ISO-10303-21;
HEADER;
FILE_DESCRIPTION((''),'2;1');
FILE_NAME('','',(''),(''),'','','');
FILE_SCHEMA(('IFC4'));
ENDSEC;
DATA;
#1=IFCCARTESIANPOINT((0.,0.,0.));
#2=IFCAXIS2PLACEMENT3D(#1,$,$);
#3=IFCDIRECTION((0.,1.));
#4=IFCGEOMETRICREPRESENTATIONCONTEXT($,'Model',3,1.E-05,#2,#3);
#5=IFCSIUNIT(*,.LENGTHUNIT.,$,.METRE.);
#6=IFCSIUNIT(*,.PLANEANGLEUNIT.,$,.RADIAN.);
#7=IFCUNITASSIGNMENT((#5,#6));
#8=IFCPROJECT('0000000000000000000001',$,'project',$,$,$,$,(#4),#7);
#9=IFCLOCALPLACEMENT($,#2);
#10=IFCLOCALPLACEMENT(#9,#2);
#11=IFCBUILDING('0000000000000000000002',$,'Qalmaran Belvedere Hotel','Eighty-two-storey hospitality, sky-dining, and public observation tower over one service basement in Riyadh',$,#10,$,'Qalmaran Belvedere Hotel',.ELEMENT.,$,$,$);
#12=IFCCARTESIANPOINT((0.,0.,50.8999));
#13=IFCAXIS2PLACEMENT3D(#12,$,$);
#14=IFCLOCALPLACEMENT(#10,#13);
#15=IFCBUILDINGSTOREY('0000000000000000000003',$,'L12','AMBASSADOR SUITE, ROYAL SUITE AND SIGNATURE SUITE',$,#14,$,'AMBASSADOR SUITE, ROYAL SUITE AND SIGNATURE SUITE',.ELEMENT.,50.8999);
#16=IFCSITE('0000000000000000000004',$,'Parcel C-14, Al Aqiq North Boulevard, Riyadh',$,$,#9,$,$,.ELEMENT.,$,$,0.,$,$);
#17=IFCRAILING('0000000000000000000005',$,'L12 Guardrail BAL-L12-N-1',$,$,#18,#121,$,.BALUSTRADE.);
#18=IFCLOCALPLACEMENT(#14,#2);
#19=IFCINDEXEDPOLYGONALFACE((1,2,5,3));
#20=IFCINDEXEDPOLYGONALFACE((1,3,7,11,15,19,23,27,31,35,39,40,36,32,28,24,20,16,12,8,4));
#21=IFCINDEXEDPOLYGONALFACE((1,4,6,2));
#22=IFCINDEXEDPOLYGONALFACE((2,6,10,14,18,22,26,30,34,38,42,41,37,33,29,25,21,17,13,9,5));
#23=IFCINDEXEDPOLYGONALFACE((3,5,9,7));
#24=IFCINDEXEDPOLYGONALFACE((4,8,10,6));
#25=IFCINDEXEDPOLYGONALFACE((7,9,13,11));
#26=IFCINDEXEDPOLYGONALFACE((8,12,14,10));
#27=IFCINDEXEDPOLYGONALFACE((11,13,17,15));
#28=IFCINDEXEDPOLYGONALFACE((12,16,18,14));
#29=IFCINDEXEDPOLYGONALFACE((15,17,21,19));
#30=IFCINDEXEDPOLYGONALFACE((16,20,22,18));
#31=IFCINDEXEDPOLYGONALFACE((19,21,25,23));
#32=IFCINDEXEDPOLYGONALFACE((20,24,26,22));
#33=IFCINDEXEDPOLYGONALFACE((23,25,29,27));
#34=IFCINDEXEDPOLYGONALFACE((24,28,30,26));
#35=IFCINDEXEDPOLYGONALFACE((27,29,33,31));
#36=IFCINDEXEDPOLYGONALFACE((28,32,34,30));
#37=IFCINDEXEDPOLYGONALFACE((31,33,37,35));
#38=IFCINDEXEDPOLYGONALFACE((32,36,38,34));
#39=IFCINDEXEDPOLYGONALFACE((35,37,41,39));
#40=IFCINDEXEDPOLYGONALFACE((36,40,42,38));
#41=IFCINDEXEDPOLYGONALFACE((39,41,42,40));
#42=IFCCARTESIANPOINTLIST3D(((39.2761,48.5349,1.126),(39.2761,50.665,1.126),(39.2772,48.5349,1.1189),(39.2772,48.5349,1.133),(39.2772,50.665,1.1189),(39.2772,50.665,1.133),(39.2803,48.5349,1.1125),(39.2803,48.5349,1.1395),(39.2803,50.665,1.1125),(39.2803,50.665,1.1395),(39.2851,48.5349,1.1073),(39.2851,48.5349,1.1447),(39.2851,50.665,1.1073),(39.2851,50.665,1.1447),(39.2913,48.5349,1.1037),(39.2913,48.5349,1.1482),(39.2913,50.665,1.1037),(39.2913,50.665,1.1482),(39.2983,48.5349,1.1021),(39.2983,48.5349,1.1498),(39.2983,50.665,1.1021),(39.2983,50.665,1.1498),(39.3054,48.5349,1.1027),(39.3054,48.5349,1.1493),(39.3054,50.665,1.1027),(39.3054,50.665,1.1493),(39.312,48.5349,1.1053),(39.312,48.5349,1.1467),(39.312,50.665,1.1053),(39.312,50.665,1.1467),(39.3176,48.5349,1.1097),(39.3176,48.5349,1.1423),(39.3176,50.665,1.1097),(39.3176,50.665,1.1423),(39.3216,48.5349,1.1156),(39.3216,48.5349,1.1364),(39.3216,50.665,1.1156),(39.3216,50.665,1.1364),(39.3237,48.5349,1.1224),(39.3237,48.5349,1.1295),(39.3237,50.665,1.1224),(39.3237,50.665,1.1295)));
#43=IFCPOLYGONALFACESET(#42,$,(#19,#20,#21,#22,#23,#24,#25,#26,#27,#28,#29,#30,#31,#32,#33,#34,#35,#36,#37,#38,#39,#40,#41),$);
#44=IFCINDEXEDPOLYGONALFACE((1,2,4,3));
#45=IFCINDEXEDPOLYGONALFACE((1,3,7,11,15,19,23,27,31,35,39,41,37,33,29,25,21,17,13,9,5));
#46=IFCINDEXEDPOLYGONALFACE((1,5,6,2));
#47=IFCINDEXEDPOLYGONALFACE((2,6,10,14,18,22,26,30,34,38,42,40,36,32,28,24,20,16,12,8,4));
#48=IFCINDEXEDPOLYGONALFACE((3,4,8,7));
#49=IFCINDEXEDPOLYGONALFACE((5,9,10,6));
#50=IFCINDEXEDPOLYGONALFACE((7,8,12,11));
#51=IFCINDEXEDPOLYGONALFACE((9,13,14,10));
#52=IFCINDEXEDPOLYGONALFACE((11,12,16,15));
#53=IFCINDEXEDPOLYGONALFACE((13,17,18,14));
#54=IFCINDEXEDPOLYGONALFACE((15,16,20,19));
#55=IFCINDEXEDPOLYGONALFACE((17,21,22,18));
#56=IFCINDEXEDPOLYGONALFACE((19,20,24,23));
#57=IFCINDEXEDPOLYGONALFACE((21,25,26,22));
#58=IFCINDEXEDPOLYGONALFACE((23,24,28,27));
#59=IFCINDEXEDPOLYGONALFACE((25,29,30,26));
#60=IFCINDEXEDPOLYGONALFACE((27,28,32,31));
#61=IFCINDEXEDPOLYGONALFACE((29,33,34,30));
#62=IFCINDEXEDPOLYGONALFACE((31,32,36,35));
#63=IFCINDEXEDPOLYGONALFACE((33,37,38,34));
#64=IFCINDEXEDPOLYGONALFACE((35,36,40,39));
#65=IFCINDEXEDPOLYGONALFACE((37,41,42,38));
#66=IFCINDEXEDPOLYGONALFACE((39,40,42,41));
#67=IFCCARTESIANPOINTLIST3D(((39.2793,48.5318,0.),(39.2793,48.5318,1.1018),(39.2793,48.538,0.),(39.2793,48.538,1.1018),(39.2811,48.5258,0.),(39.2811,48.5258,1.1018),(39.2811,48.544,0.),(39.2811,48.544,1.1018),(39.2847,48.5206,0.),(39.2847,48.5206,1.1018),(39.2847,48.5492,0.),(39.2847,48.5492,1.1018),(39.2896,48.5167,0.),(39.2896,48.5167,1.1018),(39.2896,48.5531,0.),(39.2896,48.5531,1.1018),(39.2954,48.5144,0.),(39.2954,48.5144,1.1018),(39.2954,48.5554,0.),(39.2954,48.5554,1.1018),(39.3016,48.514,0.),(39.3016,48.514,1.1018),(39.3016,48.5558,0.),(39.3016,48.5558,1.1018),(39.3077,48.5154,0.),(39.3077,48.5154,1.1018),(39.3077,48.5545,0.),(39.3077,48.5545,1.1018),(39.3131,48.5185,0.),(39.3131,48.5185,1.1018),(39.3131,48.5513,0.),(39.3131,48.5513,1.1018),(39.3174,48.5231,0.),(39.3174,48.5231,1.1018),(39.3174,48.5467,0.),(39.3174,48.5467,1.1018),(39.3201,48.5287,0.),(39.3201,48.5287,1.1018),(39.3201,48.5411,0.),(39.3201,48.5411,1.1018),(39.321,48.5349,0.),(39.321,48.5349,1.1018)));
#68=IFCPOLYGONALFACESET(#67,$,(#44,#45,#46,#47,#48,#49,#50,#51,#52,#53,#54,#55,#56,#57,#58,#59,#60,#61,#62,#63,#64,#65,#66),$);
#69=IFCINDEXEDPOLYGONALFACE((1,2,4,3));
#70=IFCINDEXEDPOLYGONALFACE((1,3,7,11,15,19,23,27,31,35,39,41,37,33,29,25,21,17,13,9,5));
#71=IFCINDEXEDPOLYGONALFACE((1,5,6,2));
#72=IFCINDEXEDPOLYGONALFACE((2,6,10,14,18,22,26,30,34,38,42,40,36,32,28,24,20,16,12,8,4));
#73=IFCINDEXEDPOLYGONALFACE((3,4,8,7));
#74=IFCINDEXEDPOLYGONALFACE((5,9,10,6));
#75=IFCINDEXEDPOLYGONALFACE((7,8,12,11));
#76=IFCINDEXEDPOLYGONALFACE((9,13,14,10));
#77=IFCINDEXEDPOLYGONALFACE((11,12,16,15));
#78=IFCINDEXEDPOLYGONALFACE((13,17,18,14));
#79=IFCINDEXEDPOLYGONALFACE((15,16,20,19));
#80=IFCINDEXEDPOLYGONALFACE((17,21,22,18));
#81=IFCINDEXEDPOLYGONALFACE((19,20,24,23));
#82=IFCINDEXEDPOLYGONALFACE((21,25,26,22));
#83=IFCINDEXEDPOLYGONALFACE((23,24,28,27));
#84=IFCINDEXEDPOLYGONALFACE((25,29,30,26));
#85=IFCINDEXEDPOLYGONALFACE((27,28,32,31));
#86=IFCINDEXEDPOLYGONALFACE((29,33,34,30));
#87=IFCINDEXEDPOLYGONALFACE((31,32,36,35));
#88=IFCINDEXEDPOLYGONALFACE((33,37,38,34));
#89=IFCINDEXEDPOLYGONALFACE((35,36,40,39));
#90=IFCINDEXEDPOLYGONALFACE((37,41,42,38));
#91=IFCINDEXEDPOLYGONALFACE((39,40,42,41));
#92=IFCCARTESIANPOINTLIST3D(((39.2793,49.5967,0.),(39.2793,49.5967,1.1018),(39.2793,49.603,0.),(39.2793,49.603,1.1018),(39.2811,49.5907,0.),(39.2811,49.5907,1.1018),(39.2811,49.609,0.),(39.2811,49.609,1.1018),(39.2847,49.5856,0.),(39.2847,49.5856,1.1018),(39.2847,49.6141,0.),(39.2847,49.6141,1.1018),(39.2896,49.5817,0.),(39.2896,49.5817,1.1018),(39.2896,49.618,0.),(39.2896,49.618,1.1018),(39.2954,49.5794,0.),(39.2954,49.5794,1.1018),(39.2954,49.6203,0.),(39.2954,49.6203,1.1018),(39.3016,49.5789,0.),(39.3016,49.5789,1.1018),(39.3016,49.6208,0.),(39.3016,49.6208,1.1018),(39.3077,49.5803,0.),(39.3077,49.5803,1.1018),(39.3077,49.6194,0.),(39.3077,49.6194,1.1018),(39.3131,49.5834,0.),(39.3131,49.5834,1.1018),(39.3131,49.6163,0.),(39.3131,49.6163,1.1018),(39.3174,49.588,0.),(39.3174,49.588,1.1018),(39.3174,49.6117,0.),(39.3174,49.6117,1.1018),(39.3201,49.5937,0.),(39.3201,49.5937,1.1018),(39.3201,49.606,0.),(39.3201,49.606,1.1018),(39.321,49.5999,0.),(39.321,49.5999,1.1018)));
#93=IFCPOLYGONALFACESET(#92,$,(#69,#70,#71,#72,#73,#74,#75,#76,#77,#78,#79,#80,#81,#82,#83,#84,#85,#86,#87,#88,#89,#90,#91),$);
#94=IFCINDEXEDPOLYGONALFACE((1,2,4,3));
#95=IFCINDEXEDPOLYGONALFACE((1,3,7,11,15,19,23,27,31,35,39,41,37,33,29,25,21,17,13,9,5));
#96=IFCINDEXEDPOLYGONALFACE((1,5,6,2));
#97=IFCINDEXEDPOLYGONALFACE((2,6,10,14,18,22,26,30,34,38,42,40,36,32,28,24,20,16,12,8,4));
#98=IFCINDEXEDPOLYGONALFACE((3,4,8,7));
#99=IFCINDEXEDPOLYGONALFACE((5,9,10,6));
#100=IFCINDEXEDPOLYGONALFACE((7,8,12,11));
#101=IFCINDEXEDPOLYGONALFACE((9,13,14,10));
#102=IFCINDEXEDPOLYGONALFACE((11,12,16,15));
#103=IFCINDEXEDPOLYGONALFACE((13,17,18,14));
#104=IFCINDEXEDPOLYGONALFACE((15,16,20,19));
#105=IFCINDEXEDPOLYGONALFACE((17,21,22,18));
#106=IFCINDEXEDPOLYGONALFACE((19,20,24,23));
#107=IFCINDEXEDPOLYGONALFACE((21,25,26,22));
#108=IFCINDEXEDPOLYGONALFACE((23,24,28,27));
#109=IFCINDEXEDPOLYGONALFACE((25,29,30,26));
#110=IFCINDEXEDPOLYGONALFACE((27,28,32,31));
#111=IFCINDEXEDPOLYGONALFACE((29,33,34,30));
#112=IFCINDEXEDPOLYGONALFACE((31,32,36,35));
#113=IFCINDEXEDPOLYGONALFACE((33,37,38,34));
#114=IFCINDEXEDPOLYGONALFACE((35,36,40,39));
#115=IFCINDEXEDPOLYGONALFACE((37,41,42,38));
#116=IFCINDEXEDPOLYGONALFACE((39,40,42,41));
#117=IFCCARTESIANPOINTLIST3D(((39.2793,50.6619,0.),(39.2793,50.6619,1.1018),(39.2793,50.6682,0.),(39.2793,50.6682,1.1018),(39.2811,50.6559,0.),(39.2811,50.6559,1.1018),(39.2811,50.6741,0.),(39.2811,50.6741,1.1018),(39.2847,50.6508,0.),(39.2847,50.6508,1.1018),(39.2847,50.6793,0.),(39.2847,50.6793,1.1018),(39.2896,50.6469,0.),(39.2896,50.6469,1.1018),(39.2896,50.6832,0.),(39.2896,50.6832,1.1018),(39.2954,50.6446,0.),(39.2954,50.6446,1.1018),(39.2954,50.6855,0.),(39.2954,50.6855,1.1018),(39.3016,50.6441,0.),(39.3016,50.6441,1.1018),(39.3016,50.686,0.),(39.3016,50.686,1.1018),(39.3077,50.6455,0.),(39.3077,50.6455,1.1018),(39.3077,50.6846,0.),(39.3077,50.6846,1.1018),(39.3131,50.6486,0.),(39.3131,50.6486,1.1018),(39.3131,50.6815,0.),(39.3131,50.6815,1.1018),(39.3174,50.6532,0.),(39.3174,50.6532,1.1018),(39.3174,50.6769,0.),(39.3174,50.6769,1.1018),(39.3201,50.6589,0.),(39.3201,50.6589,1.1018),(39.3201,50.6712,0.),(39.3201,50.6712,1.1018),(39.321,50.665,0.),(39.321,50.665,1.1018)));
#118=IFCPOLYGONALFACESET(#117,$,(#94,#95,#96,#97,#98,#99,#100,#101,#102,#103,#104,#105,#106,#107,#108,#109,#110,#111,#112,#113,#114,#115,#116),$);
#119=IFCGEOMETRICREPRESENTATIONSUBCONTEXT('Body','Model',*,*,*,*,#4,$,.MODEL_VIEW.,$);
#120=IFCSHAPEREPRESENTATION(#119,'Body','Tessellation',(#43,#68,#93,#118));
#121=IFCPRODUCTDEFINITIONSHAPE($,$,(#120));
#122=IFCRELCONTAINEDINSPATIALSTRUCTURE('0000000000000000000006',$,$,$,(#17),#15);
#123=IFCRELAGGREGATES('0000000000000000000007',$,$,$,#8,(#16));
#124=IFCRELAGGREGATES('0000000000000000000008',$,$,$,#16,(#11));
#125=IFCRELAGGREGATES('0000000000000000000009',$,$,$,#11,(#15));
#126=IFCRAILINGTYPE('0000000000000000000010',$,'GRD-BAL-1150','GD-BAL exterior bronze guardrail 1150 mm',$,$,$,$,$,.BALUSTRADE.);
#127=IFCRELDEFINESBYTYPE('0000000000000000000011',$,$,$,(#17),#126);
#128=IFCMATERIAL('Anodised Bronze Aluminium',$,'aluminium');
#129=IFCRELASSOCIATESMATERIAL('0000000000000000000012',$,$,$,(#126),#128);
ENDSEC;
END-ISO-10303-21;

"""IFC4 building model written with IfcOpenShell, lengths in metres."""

from ifc_helpers import new_model, si_unit, direction, frame, origin, origin_2d, place, context, subcontext, project, spatial, circle, extrude, material, type_object, element, save


model = new_model("IFC4")

# Units and contexts
model_context = context("Model", 3, precision=1e-05, world=origin(), true_north=direction((0.0, 1.0)))
body_context = subcontext(model_context, "Body", "Model", "MODEL_VIEW")
ifc_project = project(units=[si_unit("LENGTHUNIT", "METRE"), si_unit("PLANEANGLEUNIT", "RADIAN")], contexts=[model_context])

# Site, building, storey
site_placement = place(None, origin())
site = spatial("IfcSite", under=ifc_project, at=site_placement, Name="Parcel C-14, Al Aqiq North Boulevard, Riyadh", CompositionType="ELEMENT", RefElevation=0.0)
building_placement = place(site_placement, origin())
building = spatial("IfcBuilding", under=site, at=building_placement, Name="Qalmaran Belvedere Hotel", Description="Eighty-two-storey hospitality, sky-dining, and public observation tower over one service basement in Riyadh", LongName="Qalmaran Belvedere Hotel", CompositionType="ELEMENT")
storey_placement = place(building_placement, frame((0.0, 0.0, 50.8999)))
storey = spatial("IfcBuildingStorey", under=building, at=storey_placement, Name="L12", Description="AMBASSADOR SUITE, ROYAL SUITE AND SIGNATURE SUITE", LongName="AMBASSADOR SUITE, ROYAL SUITE AND SIGNATURE SUITE", CompositionType="ELEMENT", Elevation=50.8999)

# Shared definitions
ifc_material_1 = material(Name="Anodised Bronze Aluminium", Category="aluminium")

# Railing
railing_type = type_object("IfcRailingType", Name="GRD-BAL-1150", Description="GD-BAL exterior bronze guardrail 1150 mm", PredefinedType="BALUSTRADE", material=ifc_material_1)
railing_1_placement = place(storey_placement, frame((39.3, 48.5349, 0.0)))
element("IfcRailing", 1, at=railing_1_placement, inside=storey, type_object=railing_type, Name="L12 Guardrail BAL-L12-N-1", PredefinedType="BALUSTRADE", context=body_context, shape_type="SweptSolid", body=[
    extrude(circle(Radius=0.0239, at=origin_2d()), frame((0.0, 0.0, 1.126), z_axis=(0.0, 1.0, 0.0), x_axis=(-1.0, 0.0, 0.0)), (0.0, 0.0, 1.0), 2.1301),
    extrude(circle(Radius=0.021, at=origin_2d()), origin(), (0.0, 0.0, 1.0), 1.1018),
    extrude(circle(Radius=0.021, at=origin_2d()), frame((0.0, 1.0649, 0.0)), (0.0, 0.0, 1.0), 1.1018),
    extrude(circle(Radius=0.021, at=origin_2d()), frame((0.0, 2.1301, 0.0)), (0.0, 0.0, 1.0), 1.1018),
])

save(model, "model.ifc")
